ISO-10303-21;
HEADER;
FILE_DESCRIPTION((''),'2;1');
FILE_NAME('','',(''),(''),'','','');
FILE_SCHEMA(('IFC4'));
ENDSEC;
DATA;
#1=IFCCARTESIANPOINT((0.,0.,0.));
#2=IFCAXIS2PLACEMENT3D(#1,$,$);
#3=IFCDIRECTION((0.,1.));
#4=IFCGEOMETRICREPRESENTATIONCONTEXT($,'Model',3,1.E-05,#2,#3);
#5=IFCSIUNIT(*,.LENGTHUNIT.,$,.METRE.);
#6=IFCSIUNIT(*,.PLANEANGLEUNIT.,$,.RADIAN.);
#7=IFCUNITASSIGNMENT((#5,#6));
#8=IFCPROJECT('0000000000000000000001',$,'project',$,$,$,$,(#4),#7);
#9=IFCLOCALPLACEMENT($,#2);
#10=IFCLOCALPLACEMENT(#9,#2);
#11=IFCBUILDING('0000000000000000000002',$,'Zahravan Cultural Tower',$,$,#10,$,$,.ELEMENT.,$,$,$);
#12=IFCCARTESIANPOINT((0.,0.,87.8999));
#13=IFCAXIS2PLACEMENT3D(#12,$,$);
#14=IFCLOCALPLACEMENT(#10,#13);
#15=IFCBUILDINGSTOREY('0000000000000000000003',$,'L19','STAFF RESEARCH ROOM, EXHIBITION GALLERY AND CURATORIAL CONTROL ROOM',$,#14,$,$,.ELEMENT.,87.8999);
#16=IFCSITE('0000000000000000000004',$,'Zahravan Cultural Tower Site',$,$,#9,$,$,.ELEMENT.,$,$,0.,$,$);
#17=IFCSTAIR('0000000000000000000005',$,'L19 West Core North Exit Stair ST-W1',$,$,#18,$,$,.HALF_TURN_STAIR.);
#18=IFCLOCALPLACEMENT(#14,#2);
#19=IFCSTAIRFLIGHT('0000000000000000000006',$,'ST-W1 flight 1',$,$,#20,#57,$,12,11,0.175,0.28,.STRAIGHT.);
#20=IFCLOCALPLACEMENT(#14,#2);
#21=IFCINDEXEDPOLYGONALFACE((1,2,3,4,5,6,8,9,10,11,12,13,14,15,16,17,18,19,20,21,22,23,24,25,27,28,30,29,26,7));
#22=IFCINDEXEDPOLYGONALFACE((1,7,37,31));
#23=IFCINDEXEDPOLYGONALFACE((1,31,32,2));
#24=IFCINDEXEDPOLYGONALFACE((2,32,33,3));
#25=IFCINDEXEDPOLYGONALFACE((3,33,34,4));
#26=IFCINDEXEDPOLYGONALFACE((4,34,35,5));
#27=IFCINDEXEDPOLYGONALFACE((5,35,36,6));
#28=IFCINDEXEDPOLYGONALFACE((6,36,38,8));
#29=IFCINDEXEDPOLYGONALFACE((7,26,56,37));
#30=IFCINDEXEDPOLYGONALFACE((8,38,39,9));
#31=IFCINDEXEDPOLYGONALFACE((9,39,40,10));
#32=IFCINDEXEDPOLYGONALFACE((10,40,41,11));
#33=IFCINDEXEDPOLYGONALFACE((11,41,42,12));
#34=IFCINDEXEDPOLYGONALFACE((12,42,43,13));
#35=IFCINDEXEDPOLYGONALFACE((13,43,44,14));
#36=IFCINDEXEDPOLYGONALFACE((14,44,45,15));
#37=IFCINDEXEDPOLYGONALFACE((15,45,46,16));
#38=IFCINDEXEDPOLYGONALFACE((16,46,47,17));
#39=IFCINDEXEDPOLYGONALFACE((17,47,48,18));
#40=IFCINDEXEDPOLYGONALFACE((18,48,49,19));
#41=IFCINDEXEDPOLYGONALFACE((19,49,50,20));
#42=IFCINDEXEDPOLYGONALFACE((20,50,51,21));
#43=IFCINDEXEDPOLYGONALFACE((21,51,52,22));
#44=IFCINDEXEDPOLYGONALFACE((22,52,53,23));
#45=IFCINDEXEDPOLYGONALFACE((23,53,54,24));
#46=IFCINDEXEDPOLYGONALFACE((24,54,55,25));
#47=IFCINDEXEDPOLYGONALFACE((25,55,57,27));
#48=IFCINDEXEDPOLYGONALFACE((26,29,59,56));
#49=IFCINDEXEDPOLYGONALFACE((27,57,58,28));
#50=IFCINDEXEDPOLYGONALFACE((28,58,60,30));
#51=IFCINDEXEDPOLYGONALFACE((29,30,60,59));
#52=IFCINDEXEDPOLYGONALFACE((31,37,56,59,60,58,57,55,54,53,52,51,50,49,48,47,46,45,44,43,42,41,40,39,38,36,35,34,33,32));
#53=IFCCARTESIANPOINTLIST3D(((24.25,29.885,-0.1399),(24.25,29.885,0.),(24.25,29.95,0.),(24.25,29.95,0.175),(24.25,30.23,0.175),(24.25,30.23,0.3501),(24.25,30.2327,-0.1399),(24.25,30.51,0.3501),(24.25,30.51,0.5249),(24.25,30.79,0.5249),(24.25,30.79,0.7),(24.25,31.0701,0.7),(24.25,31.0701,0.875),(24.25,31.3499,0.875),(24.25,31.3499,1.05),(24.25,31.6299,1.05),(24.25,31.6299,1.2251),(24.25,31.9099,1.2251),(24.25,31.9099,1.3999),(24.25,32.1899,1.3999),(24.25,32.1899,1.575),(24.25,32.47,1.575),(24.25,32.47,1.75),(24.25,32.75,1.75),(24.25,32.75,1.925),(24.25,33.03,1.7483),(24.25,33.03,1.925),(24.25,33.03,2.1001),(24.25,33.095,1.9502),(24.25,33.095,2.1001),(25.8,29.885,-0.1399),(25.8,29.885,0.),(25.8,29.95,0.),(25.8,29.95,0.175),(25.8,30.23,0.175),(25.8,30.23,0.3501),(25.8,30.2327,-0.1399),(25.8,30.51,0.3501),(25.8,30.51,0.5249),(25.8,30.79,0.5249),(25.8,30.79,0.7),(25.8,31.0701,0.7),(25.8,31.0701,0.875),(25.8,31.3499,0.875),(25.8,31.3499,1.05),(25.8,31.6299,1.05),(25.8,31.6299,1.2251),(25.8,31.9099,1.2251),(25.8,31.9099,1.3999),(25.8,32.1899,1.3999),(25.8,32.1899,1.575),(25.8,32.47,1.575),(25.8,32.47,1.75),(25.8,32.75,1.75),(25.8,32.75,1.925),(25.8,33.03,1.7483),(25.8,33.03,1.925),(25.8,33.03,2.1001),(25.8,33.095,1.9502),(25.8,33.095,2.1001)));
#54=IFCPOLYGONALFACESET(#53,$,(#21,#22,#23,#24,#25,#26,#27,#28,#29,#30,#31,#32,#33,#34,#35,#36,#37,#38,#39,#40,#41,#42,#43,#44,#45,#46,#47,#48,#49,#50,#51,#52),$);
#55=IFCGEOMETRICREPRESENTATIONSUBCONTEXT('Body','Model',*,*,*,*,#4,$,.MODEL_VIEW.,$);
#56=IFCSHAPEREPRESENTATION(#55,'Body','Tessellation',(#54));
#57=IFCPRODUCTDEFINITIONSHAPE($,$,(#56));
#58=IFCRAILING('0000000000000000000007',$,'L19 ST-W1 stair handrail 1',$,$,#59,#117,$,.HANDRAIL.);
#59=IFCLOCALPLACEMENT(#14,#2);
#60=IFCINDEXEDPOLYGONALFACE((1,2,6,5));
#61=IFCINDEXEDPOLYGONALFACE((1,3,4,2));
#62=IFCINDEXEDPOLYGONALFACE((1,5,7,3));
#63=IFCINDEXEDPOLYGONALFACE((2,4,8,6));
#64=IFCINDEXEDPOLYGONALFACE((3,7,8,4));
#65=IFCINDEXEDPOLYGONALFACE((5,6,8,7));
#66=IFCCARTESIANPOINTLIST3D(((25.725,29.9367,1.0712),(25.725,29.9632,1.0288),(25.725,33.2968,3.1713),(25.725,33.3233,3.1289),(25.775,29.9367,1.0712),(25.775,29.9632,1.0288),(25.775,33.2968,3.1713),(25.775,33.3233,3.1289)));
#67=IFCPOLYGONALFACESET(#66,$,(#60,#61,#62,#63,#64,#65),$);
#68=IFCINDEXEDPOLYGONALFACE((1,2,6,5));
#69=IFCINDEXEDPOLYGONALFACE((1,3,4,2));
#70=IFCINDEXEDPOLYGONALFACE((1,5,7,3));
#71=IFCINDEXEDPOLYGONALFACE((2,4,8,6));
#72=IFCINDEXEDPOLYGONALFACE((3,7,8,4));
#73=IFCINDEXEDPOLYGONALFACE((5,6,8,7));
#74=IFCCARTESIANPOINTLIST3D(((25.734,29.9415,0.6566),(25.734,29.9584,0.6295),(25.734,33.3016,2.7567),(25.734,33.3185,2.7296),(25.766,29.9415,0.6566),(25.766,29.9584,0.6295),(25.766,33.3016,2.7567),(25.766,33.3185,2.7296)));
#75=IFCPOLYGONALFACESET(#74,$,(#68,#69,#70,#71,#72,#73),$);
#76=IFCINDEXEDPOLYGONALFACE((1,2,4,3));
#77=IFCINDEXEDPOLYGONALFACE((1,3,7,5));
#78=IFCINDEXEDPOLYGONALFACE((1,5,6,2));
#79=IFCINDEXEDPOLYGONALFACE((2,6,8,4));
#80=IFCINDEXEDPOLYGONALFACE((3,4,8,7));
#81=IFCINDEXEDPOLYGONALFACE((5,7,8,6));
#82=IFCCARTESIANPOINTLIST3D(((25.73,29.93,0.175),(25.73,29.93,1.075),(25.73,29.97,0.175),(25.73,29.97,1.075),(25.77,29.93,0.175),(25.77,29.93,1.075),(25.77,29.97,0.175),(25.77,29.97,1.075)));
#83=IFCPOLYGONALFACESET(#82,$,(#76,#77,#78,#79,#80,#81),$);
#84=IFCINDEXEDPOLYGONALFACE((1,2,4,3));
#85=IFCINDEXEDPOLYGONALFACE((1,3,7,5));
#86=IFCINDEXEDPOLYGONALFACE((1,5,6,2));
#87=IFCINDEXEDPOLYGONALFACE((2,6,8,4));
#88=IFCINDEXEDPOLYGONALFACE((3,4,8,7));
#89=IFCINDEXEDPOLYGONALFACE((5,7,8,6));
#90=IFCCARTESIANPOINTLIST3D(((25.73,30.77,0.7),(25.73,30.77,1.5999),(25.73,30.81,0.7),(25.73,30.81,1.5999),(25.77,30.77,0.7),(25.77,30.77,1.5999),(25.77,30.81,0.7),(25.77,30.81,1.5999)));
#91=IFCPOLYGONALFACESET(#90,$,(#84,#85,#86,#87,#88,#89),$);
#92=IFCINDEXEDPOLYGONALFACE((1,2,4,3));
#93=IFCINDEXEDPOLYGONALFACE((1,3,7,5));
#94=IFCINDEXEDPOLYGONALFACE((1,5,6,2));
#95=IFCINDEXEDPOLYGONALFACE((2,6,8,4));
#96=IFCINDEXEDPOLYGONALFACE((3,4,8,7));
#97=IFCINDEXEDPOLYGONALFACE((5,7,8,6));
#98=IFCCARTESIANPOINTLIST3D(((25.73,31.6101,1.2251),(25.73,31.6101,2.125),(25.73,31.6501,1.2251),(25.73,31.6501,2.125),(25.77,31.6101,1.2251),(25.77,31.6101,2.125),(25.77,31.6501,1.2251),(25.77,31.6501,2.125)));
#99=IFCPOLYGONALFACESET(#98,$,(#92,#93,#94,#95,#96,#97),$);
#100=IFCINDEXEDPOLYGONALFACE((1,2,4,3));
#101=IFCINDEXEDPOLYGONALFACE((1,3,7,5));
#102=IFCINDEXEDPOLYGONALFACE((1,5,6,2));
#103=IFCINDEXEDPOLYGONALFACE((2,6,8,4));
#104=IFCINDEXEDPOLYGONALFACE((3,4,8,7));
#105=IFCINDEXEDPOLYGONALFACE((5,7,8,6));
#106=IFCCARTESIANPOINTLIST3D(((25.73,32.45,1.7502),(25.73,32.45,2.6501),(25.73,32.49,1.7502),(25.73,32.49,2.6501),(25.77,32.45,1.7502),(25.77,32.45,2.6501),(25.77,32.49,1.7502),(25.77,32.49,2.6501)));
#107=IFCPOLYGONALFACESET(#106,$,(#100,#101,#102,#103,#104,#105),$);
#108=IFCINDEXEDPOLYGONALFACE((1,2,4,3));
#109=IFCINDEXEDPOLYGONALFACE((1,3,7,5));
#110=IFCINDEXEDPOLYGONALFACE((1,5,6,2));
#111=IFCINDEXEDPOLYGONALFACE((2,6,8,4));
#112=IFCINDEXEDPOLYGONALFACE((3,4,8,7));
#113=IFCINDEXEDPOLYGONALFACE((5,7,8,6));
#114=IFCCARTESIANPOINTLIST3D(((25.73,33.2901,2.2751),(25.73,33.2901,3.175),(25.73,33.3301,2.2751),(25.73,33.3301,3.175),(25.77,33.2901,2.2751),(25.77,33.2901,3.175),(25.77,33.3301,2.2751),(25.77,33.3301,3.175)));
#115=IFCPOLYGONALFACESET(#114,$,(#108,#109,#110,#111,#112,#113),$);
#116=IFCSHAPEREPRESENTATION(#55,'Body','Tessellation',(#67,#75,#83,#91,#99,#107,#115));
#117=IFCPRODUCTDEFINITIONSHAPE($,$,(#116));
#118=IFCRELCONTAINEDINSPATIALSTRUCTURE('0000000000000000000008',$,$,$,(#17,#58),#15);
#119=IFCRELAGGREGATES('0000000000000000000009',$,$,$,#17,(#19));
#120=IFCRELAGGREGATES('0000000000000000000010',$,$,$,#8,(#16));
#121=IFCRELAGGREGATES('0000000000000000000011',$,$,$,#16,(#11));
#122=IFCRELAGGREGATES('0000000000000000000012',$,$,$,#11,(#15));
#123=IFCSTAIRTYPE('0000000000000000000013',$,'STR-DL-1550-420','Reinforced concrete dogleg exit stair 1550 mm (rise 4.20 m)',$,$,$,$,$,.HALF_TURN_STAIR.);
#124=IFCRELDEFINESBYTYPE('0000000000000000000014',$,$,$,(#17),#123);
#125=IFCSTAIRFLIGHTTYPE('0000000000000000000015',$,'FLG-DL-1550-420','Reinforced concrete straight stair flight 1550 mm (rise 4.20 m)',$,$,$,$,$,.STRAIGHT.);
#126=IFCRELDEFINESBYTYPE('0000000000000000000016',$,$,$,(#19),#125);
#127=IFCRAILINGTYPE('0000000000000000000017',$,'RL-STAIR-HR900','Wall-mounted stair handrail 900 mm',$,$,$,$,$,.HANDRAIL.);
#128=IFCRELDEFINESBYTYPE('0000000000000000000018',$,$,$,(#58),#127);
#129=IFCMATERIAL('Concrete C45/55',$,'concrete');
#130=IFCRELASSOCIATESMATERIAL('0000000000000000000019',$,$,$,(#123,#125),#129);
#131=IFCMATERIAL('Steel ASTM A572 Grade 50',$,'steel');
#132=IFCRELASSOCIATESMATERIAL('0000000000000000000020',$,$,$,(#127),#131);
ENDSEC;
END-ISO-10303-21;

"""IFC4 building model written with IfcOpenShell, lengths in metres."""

from ifc_helpers import new_model, si_unit, direction, frame, origin, origin_2d, place, context, subcontext, project, spatial, polyline, rectangle, outline, extrude, material, type_object, element, aggregate, save


model = new_model("IFC4")

# Units and contexts
model_context = context("Model", 3, precision=1e-05, world=origin(), true_north=direction((0.0, 1.0)))
body_context = subcontext(model_context, "Body", "Model", "MODEL_VIEW")
ifc_project = project(units=[si_unit("LENGTHUNIT", "METRE"), si_unit("PLANEANGLEUNIT", "RADIAN")], contexts=[model_context])

# Site, building, storey
site_placement = place(None, origin())
site = spatial("IfcSite", under=ifc_project, at=site_placement, Name="Zahravan Cultural Tower Site", CompositionType="ELEMENT", RefElevation=0.0)
building_placement = place(site_placement, origin())
building = spatial("IfcBuilding", under=site, at=building_placement, Name="Zahravan Cultural Tower", CompositionType="ELEMENT")
storey_placement = place(building_placement, frame((0.0, 0.0, 87.8999)))
storey = spatial("IfcBuildingStorey", under=building, at=storey_placement, Name="L19", Description="STAFF RESEARCH ROOM, EXHIBITION GALLERY AND CURATORIAL CONTROL ROOM", CompositionType="ELEMENT", Elevation=87.8999)

# Shared definitions
ifc_material_1 = material(Name="Steel ASTM A572 Grade 50", Category="steel")
ifc_material_2 = material(Name="Concrete C45/55", Category="concrete")

# Stair, stair flight
stair_type = type_object("IfcStairType", Name="STR-DL-1550-420", Description="Reinforced concrete dogleg exit stair 1550 mm (rise 4.20 m)", PredefinedType="HALF_TURN_STAIR", material=ifc_material_2)
stair_placement = place(storey_placement, origin())
stair = element("IfcStair", 1, at=stair_placement, inside=storey, type_object=stair_type, Name="L19 West Core North Exit Stair ST-W1", PredefinedType="HALF_TURN_STAIR")
stair_flight_type = type_object("IfcStairFlightType", Name="FLG-DL-1550-420", Description="Reinforced concrete straight stair flight 1550 mm (rise 4.20 m)", PredefinedType="STRAIGHT", material=ifc_material_2)
stair_flight_placement = place(storey_placement, frame((25.0249, 29.95, 0.0), z_axis=(0.0, 0.0, 1.0), x_axis=(0.0, 1.0, 0.0)))
stair_flight = element("IfcStairFlight", 2, at=stair_flight_placement, type_object=stair_flight_type, Name="ST-W1 flight 1", NumberOfRisers=12, NumberOfTreads=11, PredefinedType="STRAIGHT", RiserHeight=0.175, TreadLength=0.28, context=body_context, shape_type="SweptSolid", body=[
    extrude(outline(polyline([(-0.0649, -0.1399), (-0.0649, 0.0), (0.0, 0.0), (0.0, 0.175), (0.28, 0.175), (0.28, 0.3501), (0.5601, 0.3501), (0.5601, 0.5249), (0.8401, 0.5249), (0.8401, 0.7), (1.1201, 0.7), (1.1201, 0.875), (1.3999, 0.875), (1.3999, 1.05), (1.6799, 1.05), (1.6799, 1.2251), (1.96, 1.2251), (1.96, 1.3999), (2.24, 1.3999), (2.24, 1.575), (2.52, 1.575), (2.52, 1.75), (2.8, 1.75), (2.8, 1.925), (3.0801, 1.925), (3.0801, 2.1001), (3.145, 2.1001), (3.145, 1.9502), (3.0801, 1.7483), (0.2827, -0.1399), (-0.0649, -0.1399)])), frame((0.0, 0.7749, 0.0), z_axis=(0.0, -1.0, 0.0), x_axis=(1.0, 0.0, 0.0)), (0.0, 0.0, 1.0), 1.55),
])
aggregate(stair, [stair_flight])

# Railing
railing_type = type_object("IfcRailingType", Name="RL-STAIR-HR900", Description="Wall-mounted stair handrail 900 mm", PredefinedType="HANDRAIL", material=ifc_material_1)
railing_placement = place(storey_placement, frame((25.75, 29.95, 0.175)))
element("IfcRailing", 3, at=railing_placement, inside=storey, type_object=railing_type, Name="L19 ST-W1 stair handrail 1", PredefinedType="HANDRAIL", context=body_context, shape_type="SweptSolid", body=[
    extrude(rectangle(XDim=0.05, YDim=0.05, at=origin_2d()), frame((0.0, 0.0, 0.875), z_axis=(0.0, 0.847995, 0.530004), x_axis=(-1.0, 0.0, 0.0)), (0.0, 0.0, 1.0), 3.9624),
    extrude(rectangle(XDim=0.032, YDim=0.032, at=origin_2d()), frame((0.0, 0.0, 0.468), z_axis=(0.0, 0.847995, 0.530004), x_axis=(-1.0, 0.0, 0.0)), (0.0, 0.0, 1.0), 3.9624),
    extrude(rectangle(XDim=0.04, YDim=0.04, at=origin_2d()), origin(), (0.0, 0.0, 1.0), 0.8999),
    extrude(rectangle(XDim=0.04, YDim=0.04, at=origin_2d()), frame((0.0, 0.8401, 0.5249)), (0.0, 0.0, 1.0), 0.8999),
    extrude(rectangle(XDim=0.04, YDim=0.04, at=origin_2d()), frame((0.0, 1.6802, 1.05)), (0.0, 0.0, 1.0), 0.8999),
    extrude(rectangle(XDim=0.04, YDim=0.04, at=origin_2d()), frame((0.0, 2.52, 1.5752)), (0.0, 0.0, 1.0), 0.8999),
    extrude(rectangle(XDim=0.04, YDim=0.04, at=origin_2d()), frame((0.0, 3.3601, 2.1001)), (0.0, 0.0, 1.0), 0.8999),
])

save(model, "model.ifc")
